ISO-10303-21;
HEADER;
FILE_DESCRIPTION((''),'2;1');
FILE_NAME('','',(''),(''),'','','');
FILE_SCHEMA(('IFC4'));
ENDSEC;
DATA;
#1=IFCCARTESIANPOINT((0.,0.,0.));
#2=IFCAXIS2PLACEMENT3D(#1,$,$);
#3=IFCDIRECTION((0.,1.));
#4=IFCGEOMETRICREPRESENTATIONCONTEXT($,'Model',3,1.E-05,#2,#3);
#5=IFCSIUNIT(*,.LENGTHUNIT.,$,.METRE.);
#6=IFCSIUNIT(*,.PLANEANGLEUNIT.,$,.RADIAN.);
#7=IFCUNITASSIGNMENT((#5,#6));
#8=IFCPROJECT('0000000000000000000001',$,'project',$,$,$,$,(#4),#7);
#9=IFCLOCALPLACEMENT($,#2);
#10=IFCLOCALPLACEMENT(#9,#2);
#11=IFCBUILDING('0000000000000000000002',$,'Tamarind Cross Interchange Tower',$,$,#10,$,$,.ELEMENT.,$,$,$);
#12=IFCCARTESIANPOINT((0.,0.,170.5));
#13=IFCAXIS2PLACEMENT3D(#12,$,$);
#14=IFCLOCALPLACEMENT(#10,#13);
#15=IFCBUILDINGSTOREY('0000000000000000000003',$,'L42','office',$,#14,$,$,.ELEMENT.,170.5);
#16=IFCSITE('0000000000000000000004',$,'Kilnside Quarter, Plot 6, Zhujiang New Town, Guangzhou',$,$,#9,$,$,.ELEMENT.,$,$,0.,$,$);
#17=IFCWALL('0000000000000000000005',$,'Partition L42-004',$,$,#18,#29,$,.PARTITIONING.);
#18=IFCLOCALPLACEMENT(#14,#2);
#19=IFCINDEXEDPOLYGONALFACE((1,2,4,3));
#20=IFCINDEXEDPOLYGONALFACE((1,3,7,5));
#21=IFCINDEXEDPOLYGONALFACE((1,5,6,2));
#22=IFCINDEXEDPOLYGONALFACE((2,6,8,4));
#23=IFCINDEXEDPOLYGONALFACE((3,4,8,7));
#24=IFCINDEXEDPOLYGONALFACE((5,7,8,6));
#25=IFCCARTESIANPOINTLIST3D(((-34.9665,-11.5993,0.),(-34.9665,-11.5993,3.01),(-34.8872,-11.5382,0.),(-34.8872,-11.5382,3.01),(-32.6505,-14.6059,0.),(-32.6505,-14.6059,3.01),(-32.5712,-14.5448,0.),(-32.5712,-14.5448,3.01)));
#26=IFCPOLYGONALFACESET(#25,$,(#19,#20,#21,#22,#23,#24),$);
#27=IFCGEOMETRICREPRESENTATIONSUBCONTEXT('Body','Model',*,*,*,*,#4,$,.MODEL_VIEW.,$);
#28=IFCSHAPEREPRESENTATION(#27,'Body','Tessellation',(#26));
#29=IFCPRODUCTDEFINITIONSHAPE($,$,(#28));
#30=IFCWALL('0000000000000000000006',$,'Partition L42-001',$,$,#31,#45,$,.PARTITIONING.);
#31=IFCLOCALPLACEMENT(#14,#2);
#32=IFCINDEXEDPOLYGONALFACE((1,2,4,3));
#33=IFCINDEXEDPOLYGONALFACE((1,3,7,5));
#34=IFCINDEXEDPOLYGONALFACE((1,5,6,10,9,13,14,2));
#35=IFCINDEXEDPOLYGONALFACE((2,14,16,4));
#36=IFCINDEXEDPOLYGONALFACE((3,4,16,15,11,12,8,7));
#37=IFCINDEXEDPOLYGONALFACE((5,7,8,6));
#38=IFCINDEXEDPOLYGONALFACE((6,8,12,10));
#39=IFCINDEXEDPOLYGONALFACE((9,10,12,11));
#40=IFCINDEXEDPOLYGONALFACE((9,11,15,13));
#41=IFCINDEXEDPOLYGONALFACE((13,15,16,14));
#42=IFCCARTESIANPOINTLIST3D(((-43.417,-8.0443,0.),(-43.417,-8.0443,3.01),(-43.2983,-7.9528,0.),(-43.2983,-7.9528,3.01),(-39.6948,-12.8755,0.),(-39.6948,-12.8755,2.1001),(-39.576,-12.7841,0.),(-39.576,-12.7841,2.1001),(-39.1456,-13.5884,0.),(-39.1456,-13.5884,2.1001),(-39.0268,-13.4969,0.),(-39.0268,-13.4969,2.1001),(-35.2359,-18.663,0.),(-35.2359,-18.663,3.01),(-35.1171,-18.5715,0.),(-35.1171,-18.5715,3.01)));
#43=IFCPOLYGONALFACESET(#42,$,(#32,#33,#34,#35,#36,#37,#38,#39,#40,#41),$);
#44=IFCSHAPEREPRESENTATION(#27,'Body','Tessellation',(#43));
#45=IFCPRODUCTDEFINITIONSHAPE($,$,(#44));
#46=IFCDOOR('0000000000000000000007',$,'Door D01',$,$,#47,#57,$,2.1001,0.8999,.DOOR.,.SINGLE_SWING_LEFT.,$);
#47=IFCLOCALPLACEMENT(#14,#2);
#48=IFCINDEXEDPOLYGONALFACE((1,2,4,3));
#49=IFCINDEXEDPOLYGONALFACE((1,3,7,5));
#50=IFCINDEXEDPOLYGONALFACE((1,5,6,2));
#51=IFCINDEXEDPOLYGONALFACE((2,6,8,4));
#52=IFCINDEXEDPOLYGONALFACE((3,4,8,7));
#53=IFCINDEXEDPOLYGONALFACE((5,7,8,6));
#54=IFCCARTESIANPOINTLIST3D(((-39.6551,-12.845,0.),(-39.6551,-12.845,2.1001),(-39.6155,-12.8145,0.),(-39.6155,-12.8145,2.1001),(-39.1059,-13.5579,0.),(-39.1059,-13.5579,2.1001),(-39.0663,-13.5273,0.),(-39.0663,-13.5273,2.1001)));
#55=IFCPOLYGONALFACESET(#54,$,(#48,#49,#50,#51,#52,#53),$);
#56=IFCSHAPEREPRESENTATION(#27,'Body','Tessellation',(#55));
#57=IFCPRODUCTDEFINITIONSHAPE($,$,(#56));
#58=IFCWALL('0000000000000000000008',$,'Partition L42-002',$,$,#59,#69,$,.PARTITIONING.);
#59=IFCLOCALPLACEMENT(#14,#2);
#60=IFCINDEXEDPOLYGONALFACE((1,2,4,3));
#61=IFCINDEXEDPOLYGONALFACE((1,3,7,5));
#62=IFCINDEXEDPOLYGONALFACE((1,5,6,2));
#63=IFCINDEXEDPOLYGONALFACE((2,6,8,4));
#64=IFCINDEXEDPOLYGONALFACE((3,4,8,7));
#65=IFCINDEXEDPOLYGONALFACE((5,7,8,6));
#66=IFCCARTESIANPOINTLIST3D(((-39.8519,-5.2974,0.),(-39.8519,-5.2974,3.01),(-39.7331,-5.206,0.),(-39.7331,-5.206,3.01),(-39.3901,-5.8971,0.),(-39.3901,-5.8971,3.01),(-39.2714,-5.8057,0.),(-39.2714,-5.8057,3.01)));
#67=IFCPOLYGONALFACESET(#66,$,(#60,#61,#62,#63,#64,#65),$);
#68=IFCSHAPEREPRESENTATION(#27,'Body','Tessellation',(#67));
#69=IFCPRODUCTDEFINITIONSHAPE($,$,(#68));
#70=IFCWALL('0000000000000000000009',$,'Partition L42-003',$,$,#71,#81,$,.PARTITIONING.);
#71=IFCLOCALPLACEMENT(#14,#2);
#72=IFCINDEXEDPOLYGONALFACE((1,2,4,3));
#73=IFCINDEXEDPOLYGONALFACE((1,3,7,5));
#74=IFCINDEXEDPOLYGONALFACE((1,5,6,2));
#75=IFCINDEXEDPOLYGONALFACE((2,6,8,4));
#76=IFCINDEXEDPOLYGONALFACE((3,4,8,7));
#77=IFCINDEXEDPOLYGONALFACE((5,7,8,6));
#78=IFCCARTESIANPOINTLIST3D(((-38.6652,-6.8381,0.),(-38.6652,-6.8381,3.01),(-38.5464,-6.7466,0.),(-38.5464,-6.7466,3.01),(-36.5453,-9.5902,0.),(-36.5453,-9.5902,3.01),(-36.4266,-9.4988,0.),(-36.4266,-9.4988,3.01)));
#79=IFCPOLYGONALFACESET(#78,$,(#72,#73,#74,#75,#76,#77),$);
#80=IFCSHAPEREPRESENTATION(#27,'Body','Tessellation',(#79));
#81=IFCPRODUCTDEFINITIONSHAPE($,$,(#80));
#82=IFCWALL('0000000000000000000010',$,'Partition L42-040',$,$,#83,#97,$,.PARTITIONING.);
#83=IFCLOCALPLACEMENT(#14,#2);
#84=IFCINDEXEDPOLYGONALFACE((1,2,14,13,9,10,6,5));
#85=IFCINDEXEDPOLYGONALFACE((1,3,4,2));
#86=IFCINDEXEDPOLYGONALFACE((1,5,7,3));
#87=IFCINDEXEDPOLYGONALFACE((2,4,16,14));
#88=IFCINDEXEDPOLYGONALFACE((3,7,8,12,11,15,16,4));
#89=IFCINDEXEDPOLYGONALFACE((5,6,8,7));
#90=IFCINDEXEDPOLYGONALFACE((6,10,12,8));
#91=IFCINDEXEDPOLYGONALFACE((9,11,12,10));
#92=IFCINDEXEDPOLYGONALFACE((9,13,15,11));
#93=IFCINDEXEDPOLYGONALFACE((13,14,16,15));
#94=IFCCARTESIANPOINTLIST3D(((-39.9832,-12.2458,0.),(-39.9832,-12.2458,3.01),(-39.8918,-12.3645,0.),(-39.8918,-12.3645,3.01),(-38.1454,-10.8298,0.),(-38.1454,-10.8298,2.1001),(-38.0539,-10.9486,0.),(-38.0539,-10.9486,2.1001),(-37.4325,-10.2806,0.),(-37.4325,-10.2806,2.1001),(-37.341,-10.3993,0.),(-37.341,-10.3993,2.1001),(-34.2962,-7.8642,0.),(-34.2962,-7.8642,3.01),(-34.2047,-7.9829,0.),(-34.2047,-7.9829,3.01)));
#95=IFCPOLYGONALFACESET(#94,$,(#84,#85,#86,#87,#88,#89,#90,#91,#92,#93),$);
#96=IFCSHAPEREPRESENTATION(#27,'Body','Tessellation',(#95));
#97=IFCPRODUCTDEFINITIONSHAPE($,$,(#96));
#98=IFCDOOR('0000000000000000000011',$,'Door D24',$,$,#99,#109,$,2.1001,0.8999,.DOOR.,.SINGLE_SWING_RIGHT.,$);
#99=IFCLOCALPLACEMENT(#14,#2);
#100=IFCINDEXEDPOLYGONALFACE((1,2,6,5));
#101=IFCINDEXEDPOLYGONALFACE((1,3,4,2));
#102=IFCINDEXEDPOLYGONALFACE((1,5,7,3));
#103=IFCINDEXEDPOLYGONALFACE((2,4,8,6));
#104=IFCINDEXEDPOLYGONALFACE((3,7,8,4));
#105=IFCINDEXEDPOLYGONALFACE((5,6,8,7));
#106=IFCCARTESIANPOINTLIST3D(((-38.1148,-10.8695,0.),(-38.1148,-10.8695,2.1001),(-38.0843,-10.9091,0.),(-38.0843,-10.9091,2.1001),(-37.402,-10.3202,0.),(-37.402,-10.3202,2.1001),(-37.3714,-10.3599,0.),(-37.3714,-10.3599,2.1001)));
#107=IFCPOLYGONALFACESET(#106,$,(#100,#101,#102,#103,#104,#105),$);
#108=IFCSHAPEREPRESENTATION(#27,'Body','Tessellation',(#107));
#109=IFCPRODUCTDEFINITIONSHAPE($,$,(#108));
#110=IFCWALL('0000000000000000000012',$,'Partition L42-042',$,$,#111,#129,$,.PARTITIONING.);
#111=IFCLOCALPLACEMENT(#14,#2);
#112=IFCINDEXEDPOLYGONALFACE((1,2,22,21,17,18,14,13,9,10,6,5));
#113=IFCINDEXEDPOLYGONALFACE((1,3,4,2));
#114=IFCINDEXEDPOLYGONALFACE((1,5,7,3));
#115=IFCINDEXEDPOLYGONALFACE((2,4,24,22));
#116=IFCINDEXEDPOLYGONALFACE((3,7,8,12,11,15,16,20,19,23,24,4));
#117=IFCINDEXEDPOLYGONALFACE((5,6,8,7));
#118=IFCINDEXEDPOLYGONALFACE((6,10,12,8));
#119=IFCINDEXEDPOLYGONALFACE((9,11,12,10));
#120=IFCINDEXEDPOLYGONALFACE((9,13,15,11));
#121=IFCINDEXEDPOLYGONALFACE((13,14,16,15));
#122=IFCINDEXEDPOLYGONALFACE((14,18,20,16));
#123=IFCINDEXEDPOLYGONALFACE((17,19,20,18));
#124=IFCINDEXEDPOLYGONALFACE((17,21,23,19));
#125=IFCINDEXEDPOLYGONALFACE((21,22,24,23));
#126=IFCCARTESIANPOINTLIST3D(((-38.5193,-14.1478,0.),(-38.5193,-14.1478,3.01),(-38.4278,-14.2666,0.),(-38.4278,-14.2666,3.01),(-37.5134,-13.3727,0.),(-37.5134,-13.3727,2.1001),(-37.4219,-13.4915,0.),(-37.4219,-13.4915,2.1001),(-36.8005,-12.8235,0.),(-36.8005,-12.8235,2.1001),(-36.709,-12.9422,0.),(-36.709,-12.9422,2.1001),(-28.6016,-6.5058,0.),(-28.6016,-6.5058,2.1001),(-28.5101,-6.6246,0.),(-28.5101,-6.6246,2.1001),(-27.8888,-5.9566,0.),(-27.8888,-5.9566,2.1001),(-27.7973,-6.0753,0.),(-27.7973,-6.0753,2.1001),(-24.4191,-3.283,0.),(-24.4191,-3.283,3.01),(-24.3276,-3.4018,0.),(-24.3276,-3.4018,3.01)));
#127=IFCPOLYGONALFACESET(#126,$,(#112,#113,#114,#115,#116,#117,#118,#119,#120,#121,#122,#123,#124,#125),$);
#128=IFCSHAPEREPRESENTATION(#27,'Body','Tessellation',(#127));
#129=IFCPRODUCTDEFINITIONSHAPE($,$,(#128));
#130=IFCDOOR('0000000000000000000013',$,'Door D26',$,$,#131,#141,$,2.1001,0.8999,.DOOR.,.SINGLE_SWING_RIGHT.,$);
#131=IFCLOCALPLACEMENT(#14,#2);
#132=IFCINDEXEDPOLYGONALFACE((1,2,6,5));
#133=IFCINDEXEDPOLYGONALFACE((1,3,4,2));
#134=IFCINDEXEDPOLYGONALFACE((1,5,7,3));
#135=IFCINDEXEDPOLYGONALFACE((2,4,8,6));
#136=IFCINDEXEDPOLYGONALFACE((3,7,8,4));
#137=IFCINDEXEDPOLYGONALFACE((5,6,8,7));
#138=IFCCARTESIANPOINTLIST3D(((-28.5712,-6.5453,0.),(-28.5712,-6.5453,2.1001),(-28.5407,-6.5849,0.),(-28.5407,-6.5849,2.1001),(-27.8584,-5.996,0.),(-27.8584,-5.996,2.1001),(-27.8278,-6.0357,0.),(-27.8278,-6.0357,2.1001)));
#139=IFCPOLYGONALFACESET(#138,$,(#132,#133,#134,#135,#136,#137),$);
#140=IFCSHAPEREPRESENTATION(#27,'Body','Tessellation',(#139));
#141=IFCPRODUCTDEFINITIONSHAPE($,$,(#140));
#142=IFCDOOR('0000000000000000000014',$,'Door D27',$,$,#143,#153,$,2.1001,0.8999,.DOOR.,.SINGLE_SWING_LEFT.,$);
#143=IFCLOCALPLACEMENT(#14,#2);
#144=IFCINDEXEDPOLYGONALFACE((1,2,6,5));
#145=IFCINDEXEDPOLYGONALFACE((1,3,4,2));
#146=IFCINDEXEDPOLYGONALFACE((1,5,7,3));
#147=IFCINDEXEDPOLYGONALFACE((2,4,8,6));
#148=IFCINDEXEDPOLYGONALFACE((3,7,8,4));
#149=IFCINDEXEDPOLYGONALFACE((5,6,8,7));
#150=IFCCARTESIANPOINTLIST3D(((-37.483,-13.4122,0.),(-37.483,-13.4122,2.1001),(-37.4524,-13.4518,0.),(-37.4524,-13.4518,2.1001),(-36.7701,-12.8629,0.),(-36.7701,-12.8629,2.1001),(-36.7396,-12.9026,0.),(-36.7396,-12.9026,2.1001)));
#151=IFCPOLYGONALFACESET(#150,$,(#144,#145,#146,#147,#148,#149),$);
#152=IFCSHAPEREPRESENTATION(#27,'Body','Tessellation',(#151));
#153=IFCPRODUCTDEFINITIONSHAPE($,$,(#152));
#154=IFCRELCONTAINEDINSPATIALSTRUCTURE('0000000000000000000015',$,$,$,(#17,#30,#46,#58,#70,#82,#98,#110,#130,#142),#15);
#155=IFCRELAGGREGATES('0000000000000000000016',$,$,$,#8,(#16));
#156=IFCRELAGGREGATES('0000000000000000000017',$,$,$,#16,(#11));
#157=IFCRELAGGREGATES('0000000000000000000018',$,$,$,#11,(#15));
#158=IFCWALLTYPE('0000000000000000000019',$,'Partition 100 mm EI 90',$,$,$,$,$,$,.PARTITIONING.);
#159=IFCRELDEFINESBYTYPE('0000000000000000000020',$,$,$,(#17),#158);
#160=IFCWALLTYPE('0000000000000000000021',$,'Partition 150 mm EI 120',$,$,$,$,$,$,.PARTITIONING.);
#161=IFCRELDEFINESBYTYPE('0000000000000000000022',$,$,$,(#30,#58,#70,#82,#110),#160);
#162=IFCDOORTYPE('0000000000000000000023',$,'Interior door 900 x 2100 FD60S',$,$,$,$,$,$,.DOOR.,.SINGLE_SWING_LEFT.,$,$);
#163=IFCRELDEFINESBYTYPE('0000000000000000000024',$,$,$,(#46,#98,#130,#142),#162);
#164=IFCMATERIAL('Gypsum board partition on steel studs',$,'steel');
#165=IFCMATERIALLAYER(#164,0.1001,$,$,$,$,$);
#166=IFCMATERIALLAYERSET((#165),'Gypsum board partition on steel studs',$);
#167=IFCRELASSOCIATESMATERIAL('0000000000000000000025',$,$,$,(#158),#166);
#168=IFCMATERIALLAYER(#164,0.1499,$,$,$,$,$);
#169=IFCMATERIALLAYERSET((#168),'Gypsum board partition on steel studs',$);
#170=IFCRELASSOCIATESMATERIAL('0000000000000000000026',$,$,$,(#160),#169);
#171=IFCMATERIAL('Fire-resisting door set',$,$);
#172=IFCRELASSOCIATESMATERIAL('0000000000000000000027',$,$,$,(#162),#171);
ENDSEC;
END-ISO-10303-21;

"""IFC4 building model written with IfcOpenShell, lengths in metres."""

from ifc_helpers import new_model, si_unit, direction, frame, frame_2d, origin, place, context, subcontext, project, spatial, rectangle, extrude, material, layer, layer_set, type_object, element, fill, save


model = new_model("IFC4")

# Units and contexts
model_context = context("Model", 3, precision=1e-05, world=origin(), true_north=direction((0.0, 1.0)))
body_context = subcontext(model_context, "Body", "Model", "MODEL_VIEW")
ifc_project = project(units=[si_unit("LENGTHUNIT", "METRE"), si_unit("PLANEANGLEUNIT", "RADIAN")], contexts=[model_context])

# Site, building, storey
site_placement = place(None, origin())
site = spatial("IfcSite", under=ifc_project, at=site_placement, Name="Kilnside Quarter, Plot 6, Zhujiang New Town, Guangzhou", CompositionType="ELEMENT", RefElevation=0.0)
building_placement = place(site_placement, origin())
building = spatial("IfcBuilding", under=site, at=building_placement, Name="Tamarind Cross Interchange Tower", CompositionType="ELEMENT")
storey_placement = place(building_placement, frame((0.0, 0.0, 170.5)))
storey = spatial("IfcBuildingStorey", under=building, at=storey_placement, Name="L42", Description="office", CompositionType="ELEMENT", Elevation=170.5)

# Wall
ifc_material_1 = material(Name="Gypsum board partition on steel studs", Category="steel")
ifc_layer_1 = layer(ifc_material_1, 0.1001)
ifc_layer_set_1 = layer_set([ifc_layer_1], Name="Gypsum board partition on steel studs")
wall_type_1 = type_object("IfcWallType", Name="Partition 100 mm EI 90", PredefinedType="PARTITIONING", material=ifc_layer_set_1)
wall_1_placement = place(storey_placement, frame((-34.9268, -11.5688, 0.0), z_axis=(0.0, 0.0, 1.0), x_axis=(0.610233, -0.792222, 0.0)))
element("IfcWall", 1, at=wall_1_placement, inside=storey, type_object=wall_type_1, Name="Partition L42-004", PredefinedType="PARTITIONING", context=body_context, shape_type="SweptSolid", body=[
    extrude(rectangle(XDim=3.7952, YDim=0.1001, at=frame_2d((1.8975, 0.0))), origin(), (0.0, 0.0, 1.0), 3.01),
])

# Wall, opening, door
ifc_layer_2 = layer(ifc_material_1, 0.1499)
ifc_layer_set_2 = layer_set([ifc_layer_2], Name="Gypsum board partition on steel studs")
wall_type_2 = type_object("IfcWallType", Name="Partition 150 mm EI 120", PredefinedType="PARTITIONING", material=ifc_layer_set_2)
wall_2_placement = place(storey_placement, frame((-43.3577, -7.9985, 0.0), z_axis=(0.0, 0.0, 1.0), x_axis=(0.610318, -0.792157, 0.0)))
wall_2 = element("IfcWall", 2, at=wall_2_placement, inside=storey, type_object=wall_type_2, Name="Partition L42-001", PredefinedType="PARTITIONING", context=body_context, shape_type="SweptSolid", body=[
    extrude(rectangle(XDim=13.4048, YDim=0.1499, at=frame_2d((6.7024, 0.0))), origin(), (0.0, 0.0, 1.0), 3.01),
])
opening_1_placement = place(wall_2_placement, frame((6.0989, 0.0, 0.0)))
opening_1 = element("IfcOpeningElement", 3, at=opening_1_placement, cuts=wall_2, PredefinedType="OPENING", context=body_context, shape_type="SweptSolid", body=[
    extrude(rectangle(XDim=0.8999, YDim=2.1001, at=frame_2d((0.45, 1.05))), frame((0.0, 0.085, 0.0), z_axis=(0.0, -1.0, 0.0), x_axis=(1.0, 0.0, 0.0)), (0.0, 0.0, 1.0), 0.1699),
])
ifc_material_2 = material(Name="Fire-resisting door set")
door_type = type_object("IfcDoorType", Name="Interior door 900 x 2100 FD60S", OperationType="SINGLE_SWING_LEFT", PredefinedType="DOOR", material=ifc_material_2)
door_1_placement = place(opening_1_placement, frame((0.8999, 0.0, 0.0), z_axis=(0.0, 0.0, 1.0), x_axis=(-1.0, 0.0, 0.0)))
door_1 = element("IfcDoor", 4, at=door_1_placement, inside=storey, type_object=door_type, Name="Door D01", OperationType="SINGLE_SWING_LEFT", OverallHeight=2.1001, OverallWidth=0.8999, PredefinedType="DOOR", context=body_context, shape_type="SweptSolid", body=[
    extrude(rectangle(XDim=0.8999, YDim=2.1001, at=frame_2d((0.45, 1.05))), frame((0.0, 0.0249, 0.0), z_axis=(0.0, -1.0, 0.0), x_axis=(1.0, 0.0, 0.0)), (0.0, 0.0, 1.0), 0.05),
])
fill(opening_1, door_1)

# Walls
wall_3_placement = place(storey_placement, frame((-39.7925, -5.2517, 0.0), z_axis=(0.0, 0.0, 1.0), x_axis=(0.610069, -0.792348, 0.0)))
element("IfcWall", 5, at=wall_3_placement, inside=storey, type_object=wall_type_2, Name="Partition L42-002", PredefinedType="PARTITIONING", context=body_context, shape_type="SweptSolid", body=[
    extrude(rectangle(XDim=0.7568, YDim=0.1499, at=frame_2d((0.3784, 0.0))), origin(), (0.0, 0.0, 1.0), 3.01),
])
wall_4_placement = place(storey_placement, frame((-38.6057, -6.7925, 0.0), z_axis=(0.0, 0.0, 1.0), x_axis=(0.610217, -0.792235, 0.0)))
element("IfcWall", 6, at=wall_4_placement, inside=storey, type_object=wall_type_2, Name="Partition L42-003", PredefinedType="PARTITIONING", context=body_context, shape_type="SweptSolid", body=[
    extrude(rectangle(XDim=3.4739, YDim=0.1499, at=frame_2d((1.7368, 0.0))), origin(), (0.0, 0.0, 1.0), 3.01),
])

# Wall, opening, door
wall_5_placement = place(storey_placement, frame((-39.9375, -12.3052, 0.0), z_axis=(0.0, 0.0, 1.0), x_axis=(0.792155, 0.61032, 0.0)))
wall_5 = element("IfcWall", 7, at=wall_5_placement, inside=storey, type_object=wall_type_2, Name="Partition L42-040", PredefinedType="PARTITIONING", context=body_context, shape_type="SweptSolid", body=[
    extrude(rectangle(XDim=7.1792, YDim=0.1499, at=frame_2d((3.5896, 0.0))), origin(), (0.0, 0.0, 1.0), 3.01),
])
opening_2_placement = place(wall_5_placement, frame((2.3201, 0.0, 0.0)))
opening_2 = element("IfcOpeningElement", 8, at=opening_2_placement, cuts=wall_5, PredefinedType="OPENING", context=body_context, shape_type="SweptSolid", body=[
    extrude(rectangle(XDim=0.8999, YDim=2.1001, at=frame_2d((0.45, 1.05))), frame((0.0, 0.085, 0.0), z_axis=(0.0, -1.0, 0.0), x_axis=(1.0, 0.0, 0.0)), (0.0, 0.0, 1.0), 0.1699),
])
door_2_placement = place(opening_2_placement, origin())
door_2 = element("IfcDoor", 9, at=door_2_placement, inside=storey, type_object=door_type, Name="Door D24", OperationType="SINGLE_SWING_RIGHT", OverallHeight=2.1001, OverallWidth=0.8999, PredefinedType="DOOR", context=body_context, shape_type="SweptSolid", body=[
    extrude(rectangle(XDim=0.8999, YDim=2.1001, at=frame_2d((0.45, 1.05))), frame((0.0, 0.0249, 0.0), z_axis=(0.0, -1.0, 0.0), x_axis=(1.0, 0.0, 0.0)), (0.0, 0.0, 1.0), 0.05),
])
fill(opening_2, door_2)

# Wall, openings, doors
wall_6_placement = place(storey_placement, frame((-38.4736, -14.2073, 0.0), z_axis=(0.0, 0.0, 1.0), x_axis=(0.792121, 0.610364, 0.0)))
wall_6 = element("IfcWall", 10, at=wall_6_placement, inside=storey, type_object=wall_type_2, Name="Partition L42-042", PredefinedType="PARTITIONING", context=body_context, shape_type="SweptSolid", body=[
    extrude(rectangle(XDim=17.8005, YDim=0.1499, at=frame_2d((8.9004, 0.0))), origin(), (0.0, 0.0, 1.0), 3.01),
])
opening_3_placement = place(wall_6_placement, frame((12.5205, 0.0, 0.0)))
opening_3 = element("IfcOpeningElement", 11, at=opening_3_placement, cuts=wall_6, PredefinedType="OPENING", context=body_context, shape_type="SweptSolid", body=[
    extrude(rectangle(XDim=0.8999, YDim=2.1001, at=frame_2d((0.45, 1.05))), frame((0.0, 0.085, 0.0), z_axis=(0.0, -1.0, 0.0), x_axis=(1.0, 0.0, 0.0)), (0.0, 0.0, 1.0), 0.1699),
])
opening_4_placement = place(wall_6_placement, frame((1.27, 0.0, 0.0)))
opening_4 = element("IfcOpeningElement", 12, at=opening_4_placement, cuts=wall_6, PredefinedType="OPENING", context=body_context, shape_type="SweptSolid", body=[
    extrude(rectangle(XDim=0.8999, YDim=2.1001, at=frame_2d((0.45, 1.05))), frame((0.0, 0.085, 0.0), z_axis=(0.0, -1.0, 0.0), x_axis=(1.0, 0.0, 0.0)), (0.0, 0.0, 1.0), 0.1699),
])
door_3_placement = place(opening_3_placement, frame((0.8999, 0.0, 0.0), z_axis=(0.0, 0.0, 1.0), x_axis=(-1.0, 0.0, 0.0)))
door_3 = element("IfcDoor", 13, at=door_3_placement, inside=storey, type_object=door_type, Name="Door D26", OperationType="SINGLE_SWING_RIGHT", OverallHeight=2.1001, OverallWidth=0.8999, PredefinedType="DOOR", context=body_context, shape_type="SweptSolid", body=[
    extrude(rectangle(XDim=0.8999, YDim=2.1001, at=frame_2d((0.45, 1.05))), frame((0.0, 0.0249, 0.0), z_axis=(0.0, -1.0, 0.0), x_axis=(1.0, 0.0, 0.0)), (0.0, 0.0, 1.0), 0.05),
])
fill(opening_3, door_3)
door_4_placement = place(opening_4_placement, frame((0.8999, 0.0, 0.0), z_axis=(0.0, 0.0, 1.0), x_axis=(-1.0, 0.0, 0.0)))
door_4 = element("IfcDoor", 14, at=door_4_placement, inside=storey, type_object=door_type, Name="Door D27", OperationType="SINGLE_SWING_LEFT", OverallHeight=2.1001, OverallWidth=0.8999, PredefinedType="DOOR", context=body_context, shape_type="SweptSolid", body=[
    extrude(rectangle(XDim=0.8999, YDim=2.1001, at=frame_2d((0.45, 1.05))), frame((0.0, 0.0249, 0.0), z_axis=(0.0, -1.0, 0.0), x_axis=(1.0, 0.0, 0.0)), (0.0, 0.0, 1.0), 0.05),
])
fill(opening_4, door_4)

save(model, "model.ifc")
